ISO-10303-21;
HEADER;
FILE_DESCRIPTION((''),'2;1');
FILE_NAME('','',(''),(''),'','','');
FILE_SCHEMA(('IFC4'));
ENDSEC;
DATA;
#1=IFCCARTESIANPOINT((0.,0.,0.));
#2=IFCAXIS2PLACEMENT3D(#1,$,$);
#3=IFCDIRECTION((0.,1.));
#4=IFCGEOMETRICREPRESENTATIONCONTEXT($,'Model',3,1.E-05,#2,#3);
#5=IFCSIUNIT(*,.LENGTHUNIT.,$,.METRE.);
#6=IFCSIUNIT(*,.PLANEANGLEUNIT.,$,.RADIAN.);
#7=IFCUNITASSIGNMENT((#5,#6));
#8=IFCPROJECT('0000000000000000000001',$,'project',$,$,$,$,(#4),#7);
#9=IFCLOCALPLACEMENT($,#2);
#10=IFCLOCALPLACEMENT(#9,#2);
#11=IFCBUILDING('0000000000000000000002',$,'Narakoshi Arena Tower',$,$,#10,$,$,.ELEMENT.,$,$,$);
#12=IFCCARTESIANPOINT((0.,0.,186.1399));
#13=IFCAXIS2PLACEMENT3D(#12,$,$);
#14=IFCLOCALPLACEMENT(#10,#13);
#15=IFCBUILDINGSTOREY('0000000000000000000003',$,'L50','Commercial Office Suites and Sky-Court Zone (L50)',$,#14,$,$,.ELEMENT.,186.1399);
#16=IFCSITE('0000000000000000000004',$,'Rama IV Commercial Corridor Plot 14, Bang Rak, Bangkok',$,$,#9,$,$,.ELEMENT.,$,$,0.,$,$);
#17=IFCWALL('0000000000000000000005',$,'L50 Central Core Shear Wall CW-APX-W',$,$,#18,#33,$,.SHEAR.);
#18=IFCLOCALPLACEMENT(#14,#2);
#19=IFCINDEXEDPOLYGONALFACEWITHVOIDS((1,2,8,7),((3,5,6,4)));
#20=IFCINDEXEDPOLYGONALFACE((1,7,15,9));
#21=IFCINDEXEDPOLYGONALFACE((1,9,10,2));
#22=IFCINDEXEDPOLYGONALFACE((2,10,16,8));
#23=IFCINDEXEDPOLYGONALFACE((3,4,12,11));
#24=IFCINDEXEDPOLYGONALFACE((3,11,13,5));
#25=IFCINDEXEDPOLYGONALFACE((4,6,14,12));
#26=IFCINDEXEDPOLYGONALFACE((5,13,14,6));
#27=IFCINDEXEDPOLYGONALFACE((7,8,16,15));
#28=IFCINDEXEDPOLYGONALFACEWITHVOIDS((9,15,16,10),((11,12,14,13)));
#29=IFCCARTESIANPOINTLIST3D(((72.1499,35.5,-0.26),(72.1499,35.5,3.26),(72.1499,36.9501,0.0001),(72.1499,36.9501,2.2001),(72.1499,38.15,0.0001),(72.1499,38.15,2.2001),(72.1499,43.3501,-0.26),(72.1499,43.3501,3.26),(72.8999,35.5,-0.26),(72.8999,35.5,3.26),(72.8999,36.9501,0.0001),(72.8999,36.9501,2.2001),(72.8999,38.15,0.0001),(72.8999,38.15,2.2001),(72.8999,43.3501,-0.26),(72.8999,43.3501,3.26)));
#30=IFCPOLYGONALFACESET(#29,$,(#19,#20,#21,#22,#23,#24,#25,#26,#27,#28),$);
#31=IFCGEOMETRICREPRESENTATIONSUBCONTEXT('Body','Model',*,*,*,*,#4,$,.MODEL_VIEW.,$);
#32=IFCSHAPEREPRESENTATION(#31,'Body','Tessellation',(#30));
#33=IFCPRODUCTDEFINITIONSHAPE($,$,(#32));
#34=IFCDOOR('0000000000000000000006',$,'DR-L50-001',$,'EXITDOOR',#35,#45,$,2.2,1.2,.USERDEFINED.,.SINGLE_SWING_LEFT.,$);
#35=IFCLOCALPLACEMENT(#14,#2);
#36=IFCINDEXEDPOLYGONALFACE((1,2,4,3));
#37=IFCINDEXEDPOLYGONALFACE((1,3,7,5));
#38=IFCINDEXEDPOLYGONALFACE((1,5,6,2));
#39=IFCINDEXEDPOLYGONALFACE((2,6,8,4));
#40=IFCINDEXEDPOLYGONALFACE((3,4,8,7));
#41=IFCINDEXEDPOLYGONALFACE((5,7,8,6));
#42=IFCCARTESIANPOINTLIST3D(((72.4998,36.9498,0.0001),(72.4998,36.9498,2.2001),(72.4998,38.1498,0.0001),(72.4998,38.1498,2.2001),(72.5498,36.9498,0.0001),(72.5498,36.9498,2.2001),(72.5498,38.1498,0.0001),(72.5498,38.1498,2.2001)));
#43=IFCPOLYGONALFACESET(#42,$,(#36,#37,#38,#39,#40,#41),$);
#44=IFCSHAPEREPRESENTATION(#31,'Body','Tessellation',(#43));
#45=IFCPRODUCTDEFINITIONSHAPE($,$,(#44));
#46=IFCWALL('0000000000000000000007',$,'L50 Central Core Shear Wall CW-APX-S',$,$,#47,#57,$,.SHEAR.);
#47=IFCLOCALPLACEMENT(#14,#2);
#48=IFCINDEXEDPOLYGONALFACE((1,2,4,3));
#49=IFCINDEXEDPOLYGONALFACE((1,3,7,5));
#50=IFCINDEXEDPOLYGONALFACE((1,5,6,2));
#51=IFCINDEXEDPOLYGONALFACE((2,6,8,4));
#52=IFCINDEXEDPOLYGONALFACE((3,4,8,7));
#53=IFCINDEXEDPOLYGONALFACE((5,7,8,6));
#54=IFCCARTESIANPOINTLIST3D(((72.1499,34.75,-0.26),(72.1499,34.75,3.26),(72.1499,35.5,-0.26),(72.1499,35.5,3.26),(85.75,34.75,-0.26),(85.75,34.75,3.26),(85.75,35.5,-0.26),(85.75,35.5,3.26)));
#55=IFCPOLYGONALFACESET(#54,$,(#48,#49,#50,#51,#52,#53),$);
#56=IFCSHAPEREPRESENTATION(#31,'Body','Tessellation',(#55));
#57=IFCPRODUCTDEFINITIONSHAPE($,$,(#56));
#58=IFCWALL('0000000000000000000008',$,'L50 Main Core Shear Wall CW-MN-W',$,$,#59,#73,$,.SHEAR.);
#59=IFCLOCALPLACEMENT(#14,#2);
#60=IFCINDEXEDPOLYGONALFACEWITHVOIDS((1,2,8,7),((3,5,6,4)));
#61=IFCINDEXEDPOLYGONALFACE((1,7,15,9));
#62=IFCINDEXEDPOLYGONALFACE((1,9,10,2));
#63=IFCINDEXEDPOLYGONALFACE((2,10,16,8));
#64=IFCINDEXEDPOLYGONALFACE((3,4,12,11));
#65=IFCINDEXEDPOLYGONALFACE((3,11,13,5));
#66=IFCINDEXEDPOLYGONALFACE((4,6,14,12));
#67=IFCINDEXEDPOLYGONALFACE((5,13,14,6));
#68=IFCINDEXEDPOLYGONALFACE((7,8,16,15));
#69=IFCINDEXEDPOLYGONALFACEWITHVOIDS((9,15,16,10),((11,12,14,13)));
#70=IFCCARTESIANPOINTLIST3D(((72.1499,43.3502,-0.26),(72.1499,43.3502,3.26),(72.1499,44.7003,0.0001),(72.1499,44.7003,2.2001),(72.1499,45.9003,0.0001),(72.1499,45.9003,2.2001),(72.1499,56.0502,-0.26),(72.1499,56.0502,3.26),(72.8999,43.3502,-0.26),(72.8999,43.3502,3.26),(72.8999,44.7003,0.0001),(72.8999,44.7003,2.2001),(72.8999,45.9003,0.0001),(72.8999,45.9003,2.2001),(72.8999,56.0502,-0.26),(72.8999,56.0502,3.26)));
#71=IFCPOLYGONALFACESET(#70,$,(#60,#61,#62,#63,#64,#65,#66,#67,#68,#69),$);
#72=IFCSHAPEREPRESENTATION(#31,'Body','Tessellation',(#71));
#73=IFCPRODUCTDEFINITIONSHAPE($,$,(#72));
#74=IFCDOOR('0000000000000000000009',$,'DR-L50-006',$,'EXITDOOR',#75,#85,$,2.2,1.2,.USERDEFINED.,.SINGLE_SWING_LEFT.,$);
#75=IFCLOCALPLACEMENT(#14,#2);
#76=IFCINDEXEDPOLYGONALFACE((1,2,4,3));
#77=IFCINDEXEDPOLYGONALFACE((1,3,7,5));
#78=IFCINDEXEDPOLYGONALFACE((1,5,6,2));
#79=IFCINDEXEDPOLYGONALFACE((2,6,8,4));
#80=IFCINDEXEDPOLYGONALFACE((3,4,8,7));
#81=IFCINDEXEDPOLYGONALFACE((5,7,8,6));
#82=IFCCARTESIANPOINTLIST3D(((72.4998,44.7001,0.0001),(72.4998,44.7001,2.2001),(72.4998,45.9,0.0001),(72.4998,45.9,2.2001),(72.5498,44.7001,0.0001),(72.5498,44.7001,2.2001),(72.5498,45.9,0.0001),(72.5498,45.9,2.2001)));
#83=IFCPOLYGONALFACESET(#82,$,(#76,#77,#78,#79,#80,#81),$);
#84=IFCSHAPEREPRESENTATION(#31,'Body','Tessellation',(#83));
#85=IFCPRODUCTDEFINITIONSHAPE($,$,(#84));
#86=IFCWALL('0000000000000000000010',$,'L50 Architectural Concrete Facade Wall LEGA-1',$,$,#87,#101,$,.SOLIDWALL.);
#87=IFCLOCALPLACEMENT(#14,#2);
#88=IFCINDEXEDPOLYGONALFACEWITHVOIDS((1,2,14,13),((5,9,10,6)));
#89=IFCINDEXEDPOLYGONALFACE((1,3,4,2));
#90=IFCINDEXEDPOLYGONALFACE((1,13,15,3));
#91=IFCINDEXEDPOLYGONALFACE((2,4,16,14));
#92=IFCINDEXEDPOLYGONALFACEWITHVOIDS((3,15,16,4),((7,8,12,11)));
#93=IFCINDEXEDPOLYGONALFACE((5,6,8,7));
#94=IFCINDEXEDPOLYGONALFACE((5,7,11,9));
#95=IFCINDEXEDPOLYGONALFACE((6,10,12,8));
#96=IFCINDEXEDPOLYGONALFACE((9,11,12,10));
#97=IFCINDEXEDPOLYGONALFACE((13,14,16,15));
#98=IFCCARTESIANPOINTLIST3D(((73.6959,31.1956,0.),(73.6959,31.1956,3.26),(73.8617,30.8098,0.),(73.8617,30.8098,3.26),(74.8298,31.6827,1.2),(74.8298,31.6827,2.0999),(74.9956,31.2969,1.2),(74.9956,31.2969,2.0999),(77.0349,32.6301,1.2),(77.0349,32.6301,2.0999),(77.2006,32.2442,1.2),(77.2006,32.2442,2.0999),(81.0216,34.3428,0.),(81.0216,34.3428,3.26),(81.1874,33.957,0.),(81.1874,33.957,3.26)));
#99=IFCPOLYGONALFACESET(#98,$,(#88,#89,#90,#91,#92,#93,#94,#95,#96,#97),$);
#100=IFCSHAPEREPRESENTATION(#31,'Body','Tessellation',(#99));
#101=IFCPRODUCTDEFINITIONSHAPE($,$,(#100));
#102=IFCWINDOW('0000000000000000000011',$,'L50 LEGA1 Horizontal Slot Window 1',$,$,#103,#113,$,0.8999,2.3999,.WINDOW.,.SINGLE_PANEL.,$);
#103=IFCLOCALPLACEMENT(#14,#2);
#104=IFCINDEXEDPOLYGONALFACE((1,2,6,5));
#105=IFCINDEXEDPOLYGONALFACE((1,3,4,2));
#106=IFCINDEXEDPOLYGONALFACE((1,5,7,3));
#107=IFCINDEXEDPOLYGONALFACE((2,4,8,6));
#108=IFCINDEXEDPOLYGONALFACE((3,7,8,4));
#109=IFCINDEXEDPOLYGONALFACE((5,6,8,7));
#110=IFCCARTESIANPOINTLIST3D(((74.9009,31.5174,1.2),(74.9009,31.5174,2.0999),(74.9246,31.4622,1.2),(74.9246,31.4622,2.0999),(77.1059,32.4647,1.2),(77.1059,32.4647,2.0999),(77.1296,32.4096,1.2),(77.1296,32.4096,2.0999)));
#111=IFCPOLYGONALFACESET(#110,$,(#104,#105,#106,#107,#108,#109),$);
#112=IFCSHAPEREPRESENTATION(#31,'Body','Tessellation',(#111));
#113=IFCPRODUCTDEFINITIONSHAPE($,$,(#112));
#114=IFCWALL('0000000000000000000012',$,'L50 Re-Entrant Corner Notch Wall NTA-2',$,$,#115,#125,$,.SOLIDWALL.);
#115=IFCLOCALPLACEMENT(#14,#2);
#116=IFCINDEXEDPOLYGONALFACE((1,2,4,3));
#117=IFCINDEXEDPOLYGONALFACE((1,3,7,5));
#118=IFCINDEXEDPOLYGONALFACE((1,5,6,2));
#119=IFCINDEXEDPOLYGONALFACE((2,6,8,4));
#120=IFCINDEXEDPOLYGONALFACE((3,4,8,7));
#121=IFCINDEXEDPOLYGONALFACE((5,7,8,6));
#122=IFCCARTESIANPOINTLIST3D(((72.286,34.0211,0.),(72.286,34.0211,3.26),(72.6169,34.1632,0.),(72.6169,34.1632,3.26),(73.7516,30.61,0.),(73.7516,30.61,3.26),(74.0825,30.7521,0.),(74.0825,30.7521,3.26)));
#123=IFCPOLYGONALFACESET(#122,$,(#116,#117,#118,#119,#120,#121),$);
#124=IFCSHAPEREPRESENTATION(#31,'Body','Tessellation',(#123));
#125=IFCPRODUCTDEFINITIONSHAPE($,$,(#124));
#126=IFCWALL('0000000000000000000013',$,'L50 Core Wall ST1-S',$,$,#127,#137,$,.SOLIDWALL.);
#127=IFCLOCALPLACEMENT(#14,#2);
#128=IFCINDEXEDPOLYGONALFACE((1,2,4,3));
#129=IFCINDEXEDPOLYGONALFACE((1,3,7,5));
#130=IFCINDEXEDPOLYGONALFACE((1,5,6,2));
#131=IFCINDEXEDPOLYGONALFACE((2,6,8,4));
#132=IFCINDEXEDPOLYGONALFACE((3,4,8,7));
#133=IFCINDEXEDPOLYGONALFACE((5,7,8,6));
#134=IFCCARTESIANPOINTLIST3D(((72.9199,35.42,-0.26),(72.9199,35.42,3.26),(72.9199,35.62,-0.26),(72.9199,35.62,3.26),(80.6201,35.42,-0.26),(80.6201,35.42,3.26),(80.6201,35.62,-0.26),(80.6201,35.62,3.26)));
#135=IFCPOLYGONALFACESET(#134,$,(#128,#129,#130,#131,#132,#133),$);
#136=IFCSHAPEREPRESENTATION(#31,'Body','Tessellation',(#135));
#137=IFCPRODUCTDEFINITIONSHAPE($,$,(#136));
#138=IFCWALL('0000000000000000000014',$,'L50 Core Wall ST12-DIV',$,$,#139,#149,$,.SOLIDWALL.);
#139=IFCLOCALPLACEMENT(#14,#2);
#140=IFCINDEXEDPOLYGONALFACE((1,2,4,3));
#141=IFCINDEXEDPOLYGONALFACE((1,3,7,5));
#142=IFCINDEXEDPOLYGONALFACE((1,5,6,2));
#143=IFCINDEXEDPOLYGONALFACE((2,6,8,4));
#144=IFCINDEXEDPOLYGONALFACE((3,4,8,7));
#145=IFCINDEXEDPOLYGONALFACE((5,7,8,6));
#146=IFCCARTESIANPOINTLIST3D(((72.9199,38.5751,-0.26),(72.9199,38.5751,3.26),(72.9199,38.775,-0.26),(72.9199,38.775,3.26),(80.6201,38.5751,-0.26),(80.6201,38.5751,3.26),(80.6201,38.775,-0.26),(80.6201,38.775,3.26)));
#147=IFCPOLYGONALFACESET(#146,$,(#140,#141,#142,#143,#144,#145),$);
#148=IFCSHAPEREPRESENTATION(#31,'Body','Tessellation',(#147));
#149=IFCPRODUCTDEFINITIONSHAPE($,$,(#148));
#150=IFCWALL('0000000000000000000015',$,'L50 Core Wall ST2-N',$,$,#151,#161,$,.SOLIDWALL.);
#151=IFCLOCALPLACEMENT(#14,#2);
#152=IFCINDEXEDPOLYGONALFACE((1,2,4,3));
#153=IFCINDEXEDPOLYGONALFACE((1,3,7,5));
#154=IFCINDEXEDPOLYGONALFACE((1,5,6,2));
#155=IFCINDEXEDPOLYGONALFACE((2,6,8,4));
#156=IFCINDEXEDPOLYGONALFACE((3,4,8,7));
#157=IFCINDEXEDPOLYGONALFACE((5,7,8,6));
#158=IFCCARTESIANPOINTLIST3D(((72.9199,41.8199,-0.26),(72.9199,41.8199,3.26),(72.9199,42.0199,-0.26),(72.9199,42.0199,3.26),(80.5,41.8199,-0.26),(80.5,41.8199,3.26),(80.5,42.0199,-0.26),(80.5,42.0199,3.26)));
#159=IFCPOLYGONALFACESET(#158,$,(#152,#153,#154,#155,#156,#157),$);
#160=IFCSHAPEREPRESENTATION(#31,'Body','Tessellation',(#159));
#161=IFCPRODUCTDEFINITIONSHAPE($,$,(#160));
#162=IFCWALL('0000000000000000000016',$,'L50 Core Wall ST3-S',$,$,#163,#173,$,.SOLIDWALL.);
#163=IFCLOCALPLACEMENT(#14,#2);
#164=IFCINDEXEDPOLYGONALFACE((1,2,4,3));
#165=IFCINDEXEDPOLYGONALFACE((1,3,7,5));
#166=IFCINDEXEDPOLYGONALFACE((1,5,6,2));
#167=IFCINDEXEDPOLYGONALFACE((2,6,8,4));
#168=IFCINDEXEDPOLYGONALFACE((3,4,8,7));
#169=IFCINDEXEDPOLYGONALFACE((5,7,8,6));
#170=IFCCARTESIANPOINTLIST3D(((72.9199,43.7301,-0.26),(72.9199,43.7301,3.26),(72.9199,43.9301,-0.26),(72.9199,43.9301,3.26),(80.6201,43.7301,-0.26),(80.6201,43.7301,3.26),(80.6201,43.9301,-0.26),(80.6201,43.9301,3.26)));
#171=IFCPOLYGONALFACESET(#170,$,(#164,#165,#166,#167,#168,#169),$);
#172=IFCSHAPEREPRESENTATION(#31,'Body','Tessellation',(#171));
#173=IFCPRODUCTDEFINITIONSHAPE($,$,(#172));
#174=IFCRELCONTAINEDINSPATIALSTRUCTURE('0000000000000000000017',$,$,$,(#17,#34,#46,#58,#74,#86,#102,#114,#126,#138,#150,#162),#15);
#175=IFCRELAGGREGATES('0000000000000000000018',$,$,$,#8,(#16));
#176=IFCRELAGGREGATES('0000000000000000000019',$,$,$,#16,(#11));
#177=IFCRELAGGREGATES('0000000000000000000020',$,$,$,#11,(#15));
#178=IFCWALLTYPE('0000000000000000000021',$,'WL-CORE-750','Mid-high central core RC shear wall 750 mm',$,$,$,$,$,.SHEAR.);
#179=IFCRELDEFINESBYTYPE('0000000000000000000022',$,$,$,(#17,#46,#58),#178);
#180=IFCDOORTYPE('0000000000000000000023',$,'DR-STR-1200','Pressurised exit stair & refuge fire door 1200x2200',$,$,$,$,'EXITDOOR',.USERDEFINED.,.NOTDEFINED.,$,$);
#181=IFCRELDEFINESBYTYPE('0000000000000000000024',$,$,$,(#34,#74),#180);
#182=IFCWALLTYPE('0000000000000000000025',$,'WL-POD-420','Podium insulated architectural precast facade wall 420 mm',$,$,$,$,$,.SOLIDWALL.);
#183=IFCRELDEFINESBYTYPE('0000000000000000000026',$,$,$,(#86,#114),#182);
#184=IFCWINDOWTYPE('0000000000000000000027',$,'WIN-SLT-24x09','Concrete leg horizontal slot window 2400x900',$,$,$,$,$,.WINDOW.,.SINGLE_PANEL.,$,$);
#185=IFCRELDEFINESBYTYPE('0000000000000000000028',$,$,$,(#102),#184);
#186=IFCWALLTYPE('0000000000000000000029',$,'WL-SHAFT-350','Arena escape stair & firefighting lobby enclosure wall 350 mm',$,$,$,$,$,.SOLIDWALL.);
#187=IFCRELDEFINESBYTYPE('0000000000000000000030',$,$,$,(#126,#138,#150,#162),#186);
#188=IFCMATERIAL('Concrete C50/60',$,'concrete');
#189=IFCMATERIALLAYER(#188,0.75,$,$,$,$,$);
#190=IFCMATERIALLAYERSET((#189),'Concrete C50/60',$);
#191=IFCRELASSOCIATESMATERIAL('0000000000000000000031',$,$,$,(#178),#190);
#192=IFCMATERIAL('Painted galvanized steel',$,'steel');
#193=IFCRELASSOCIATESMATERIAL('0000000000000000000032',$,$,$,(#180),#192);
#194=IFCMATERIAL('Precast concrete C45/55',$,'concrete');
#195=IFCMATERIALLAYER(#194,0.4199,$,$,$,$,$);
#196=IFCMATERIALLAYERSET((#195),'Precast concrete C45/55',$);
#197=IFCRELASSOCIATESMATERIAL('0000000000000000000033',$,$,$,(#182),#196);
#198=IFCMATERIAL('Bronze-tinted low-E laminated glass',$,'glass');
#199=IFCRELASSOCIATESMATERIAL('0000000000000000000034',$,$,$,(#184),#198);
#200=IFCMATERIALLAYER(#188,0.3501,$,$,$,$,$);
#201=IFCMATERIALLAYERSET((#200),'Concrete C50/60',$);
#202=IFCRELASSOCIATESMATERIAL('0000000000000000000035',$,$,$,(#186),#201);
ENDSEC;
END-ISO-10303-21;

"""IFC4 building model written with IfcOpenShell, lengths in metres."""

from ifc_helpers import new_model, si_unit, direction, frame, frame_2d, origin, place, context, subcontext, project, spatial, rectangle, extrude, material, layer, layer_set, type_object, element, fill, save


model = new_model("IFC4")

# Units and contexts
model_context = context("Model", 3, precision=1e-05, world=origin(), true_north=direction((0.0, 1.0)))
body_context = subcontext(model_context, "Body", "Model", "MODEL_VIEW")
ifc_project = project(units=[si_unit("LENGTHUNIT", "METRE"), si_unit("PLANEANGLEUNIT", "RADIAN")], contexts=[model_context])

# Site, building, storey
site_placement = place(None, origin())
site = spatial("IfcSite", under=ifc_project, at=site_placement, Name="Rama IV Commercial Corridor Plot 14, Bang Rak, Bangkok", CompositionType="ELEMENT", RefElevation=0.0)
building_placement = place(site_placement, origin())
building = spatial("IfcBuilding", under=site, at=building_placement, Name="Narakoshi Arena Tower", CompositionType="ELEMENT")
storey_placement = place(building_placement, frame((0.0, 0.0, 186.1399)))
storey = spatial("IfcBuildingStorey", under=building, at=storey_placement, Name="L50", Description="Commercial Office Suites and Sky-Court Zone (L50)", CompositionType="ELEMENT", Elevation=186.1399)

# Wall, opening, door
ifc_material_1 = material(Name="Concrete C50/60", Category="concrete")
ifc_layer_1 = layer(ifc_material_1, 0.75)
ifc_layer_set_1 = layer_set([ifc_layer_1], Name="Concrete C50/60")
wall_type_1 = type_object("IfcWallType", Name="WL-CORE-750", Description="Mid-high central core RC shear wall 750 mm", PredefinedType="SHEAR", material=ifc_layer_set_1)
wall_1_placement = place(storey_placement, frame((72.5249, 35.5, -0.26), z_axis=(0.0, 0.0, 1.0), x_axis=(0.0, 1.0, 0.0)))
wall_1 = element("IfcWall", 1, at=wall_1_placement, inside=storey, type_object=wall_type_1, Name="L50 Central Core Shear Wall CW-APX-W", PredefinedType="SHEAR", context=body_context, shape_type="SweptSolid", body=[
    extrude(rectangle(XDim=7.8501, YDim=0.75, at=frame_2d((3.925, 0.0))), origin(), (0.0, 0.0, 1.0), 3.52),
])
opening_1_placement = place(wall_1_placement, frame((1.45, 0.0, 0.26)))
opening_1 = element("IfcOpeningElement", 2, at=opening_1_placement, cuts=wall_1, PredefinedType="OPENING", context=body_context, shape_type="SweptSolid", body=[
    extrude(rectangle(XDim=1.2, YDim=2.2, at=frame_2d((0.6001, 1.1001))), frame((0.0, 0.385, 0.0), z_axis=(0.0, -1.0, 0.0), x_axis=(1.0, 0.0, 0.0)), (0.0, 0.0, 1.0), 0.77),
])
ifc_material_2 = material(Name="Painted galvanized steel", Category="steel")
door_type = type_object("IfcDoorType", Name="DR-STR-1200", Description="Pressurised exit stair & refuge fire door 1200x2200", ElementType="EXITDOOR", OperationType="NOTDEFINED", PredefinedType="USERDEFINED", material=ifc_material_2)
door_1_placement = place(opening_1_placement, frame((1.2, 0.0, 0.0), z_axis=(0.0, 0.0, 1.0), x_axis=(-1.0, 0.0, 0.0)))
door_1 = element("IfcDoor", 3, at=door_1_placement, inside=storey, type_object=door_type, Name="DR-L50-001", ObjectType="EXITDOOR", OperationType="SINGLE_SWING_LEFT", OverallHeight=2.2, OverallWidth=1.2, PredefinedType="USERDEFINED", context=body_context, shape_type="SweptSolid", body=[
    extrude(rectangle(XDim=1.2, YDim=2.2, at=frame_2d((0.6001, 1.1001))), frame((0.0, 0.0249, 0.0), z_axis=(0.0, -1.0, 0.0), x_axis=(1.0, 0.0, 0.0)), (0.0, 0.0, 1.0), 0.05),
])
fill(opening_1, door_1)

# Wall
wall_2_placement = place(storey_placement, frame((72.1499, 35.125, -0.26), z_axis=(0.0, 0.0, 1.0), x_axis=(1.0, 0.0, 0.0)))
element("IfcWall", 4, at=wall_2_placement, inside=storey, type_object=wall_type_1, Name="L50 Central Core Shear Wall CW-APX-S", PredefinedType="SHEAR", context=body_context, shape_type="SweptSolid", body=[
    extrude(rectangle(XDim=13.6001, YDim=0.75, at=frame_2d((6.8, 0.0))), origin(), (0.0, 0.0, 1.0), 3.52),
])

# Wall, opening, door
wall_3_placement = place(storey_placement, frame((72.5249, 43.3501, -0.26), z_axis=(0.0, 0.0, 1.0), x_axis=(0.0, 1.0, 0.0)))
wall_3 = element("IfcWall", 5, at=wall_3_placement, inside=storey, type_object=wall_type_1, Name="L50 Main Core Shear Wall CW-MN-W", PredefinedType="SHEAR", context=body_context, shape_type="SweptSolid", body=[
    extrude(rectangle(XDim=12.7, YDim=0.75, at=frame_2d((6.3501, 0.0))), origin(), (0.0, 0.0, 1.0), 3.52),
])
opening_2_placement = place(wall_3_placement, frame((1.3501, 0.0, 0.26)))
opening_2 = element("IfcOpeningElement", 6, at=opening_2_placement, cuts=wall_3, PredefinedType="OPENING", context=body_context, shape_type="SweptSolid", body=[
    extrude(rectangle(XDim=1.2, YDim=2.2, at=frame_2d((0.6001, 1.1001))), frame((0.0, 0.385, 0.0), z_axis=(0.0, -1.0, 0.0), x_axis=(1.0, 0.0, 0.0)), (0.0, 0.0, 1.0), 0.77),
])
door_2_placement = place(opening_2_placement, frame((1.2, 0.0, 0.0), z_axis=(0.0, 0.0, 1.0), x_axis=(-1.0, 0.0, 0.0)))
door_2 = element("IfcDoor", 7, at=door_2_placement, inside=storey, type_object=door_type, Name="DR-L50-006", ObjectType="EXITDOOR", OperationType="SINGLE_SWING_LEFT", OverallHeight=2.2, OverallWidth=1.2, PredefinedType="USERDEFINED", context=body_context, shape_type="SweptSolid", body=[
    extrude(rectangle(XDim=1.2, YDim=2.2, at=frame_2d((0.6001, 1.1001))), frame((0.0, 0.0249, 0.0), z_axis=(0.0, -1.0, 0.0), x_axis=(1.0, 0.0, 0.0)), (0.0, 0.0, 1.0), 0.05),
])
fill(opening_2, door_2)

# Wall, opening, window
ifc_material_3 = material(Name="Precast concrete C45/55", Category="concrete")
ifc_layer_2 = layer(ifc_material_3, 0.4199)
ifc_layer_set_2 = layer_set([ifc_layer_2], Name="Precast concrete C45/55")
wall_type_2 = type_object("IfcWallType", Name="WL-POD-420", Description="Podium insulated architectural precast facade wall 420 mm", PredefinedType="SOLIDWALL", material=ifc_layer_set_2)
wall_4_placement = place(storey_placement, frame((73.7788, 31.0027, 0.0), z_axis=(0.0, 0.0, 1.0), x_axis=(0.918798, 0.394728, 0.0)))
wall_4 = element("IfcWall", 8, at=wall_4_placement, inside=storey, type_object=wall_type_2, Name="L50 Architectural Concrete Facade Wall LEGA-1", PredefinedType="SOLIDWALL", context=body_context, shape_type="SweptSolid", body=[
    extrude(rectangle(XDim=7.9731, YDim=0.4199, at=frame_2d((3.9866, 0.0))), origin(), (0.0, 0.0, 1.0), 3.26),
])
opening_3_placement = place(wall_4_placement, frame((1.2341, 0.0, 1.2)))
opening_3 = element("IfcOpeningElement", 9, at=opening_3_placement, cuts=wall_4, PredefinedType="OPENING", context=body_context, shape_type="SweptSolid", body=[
    extrude(rectangle(XDim=2.3999, YDim=0.8999, at=frame_2d((1.2, 0.45))), frame((0.0, 0.22, 0.0), z_axis=(0.0, -1.0, 0.0), x_axis=(1.0, 0.0, 0.0)), (0.0, 0.0, 1.0), 0.4399),
])
ifc_material_4 = material(Name="Bronze-tinted low-E laminated glass", Category="glass")
window_type = type_object("IfcWindowType", Name="WIN-SLT-24x09", Description="Concrete leg horizontal slot window 2400x900", PartitioningType="SINGLE_PANEL", PredefinedType="WINDOW", material=ifc_material_4)
window_placement = place(opening_3_placement, origin())
window = element("IfcWindow", 10, at=window_placement, inside=storey, type_object=window_type, Name="L50 LEGA1 Horizontal Slot Window 1", OverallHeight=0.8999, OverallWidth=2.3999, PartitioningType="SINGLE_PANEL", PredefinedType="WINDOW", context=body_context, shape_type="SweptSolid", body=[
    extrude(rectangle(XDim=2.3999, YDim=0.8999, at=frame_2d((1.2, 0.45))), frame((0.0, 0.03, 0.0), z_axis=(0.0, -1.0, 0.0), x_axis=(1.0, 0.0, 0.0)), (0.0, 0.0, 1.0), 0.0601),
])
fill(opening_3, window)

# Walls
wall_5_placement = place(storey_placement, frame((72.4514, 34.0923, 0.0), z_axis=(0.0, 0.0, 1.0), x_axis=(0.394752, -0.918788, 0.0)))
element("IfcWall", 11, at=wall_5_placement, inside=storey, type_object=wall_type_2, Name="L50 Re-Entrant Corner Notch Wall NTA-2", PredefinedType="SOLIDWALL", context=body_context, shape_type="SweptSolid", body=[
    extrude(rectangle(XDim=3.7126, YDim=0.3601, at=frame_2d((1.8564, 0.0))), origin(), (0.0, 0.0, 1.0), 3.26),
])
ifc_layer_3 = layer(ifc_material_1, 0.3501)
ifc_layer_set_3 = layer_set([ifc_layer_3], Name="Concrete C50/60")
wall_type_3 = type_object("IfcWallType", Name="WL-SHAFT-350", Description="Arena escape stair & firefighting lobby enclosure wall 350 mm", PredefinedType="SOLIDWALL", material=ifc_layer_set_3)
for number, where, z_axis, x_axis, name in (
    (12, (72.9199, 35.52, -0.26), (0.0, 0.0, 1.0), (1.0, 0.0, 0.0), "L50 Core Wall ST1-S"),
    (13, (72.9199, 38.675, -0.26), (0.0, 0.0, 1.0), (1.0, 0.0, 0.0), "L50 Core Wall ST12-DIV"),
):
    element("IfcWall", number, at=place(storey_placement, frame(where, z_axis=z_axis, x_axis=x_axis)), inside=storey, type_object=wall_type_3, Name=name, PredefinedType="SOLIDWALL", context=body_context, shape_type="SweptSolid", body=[
        extrude(rectangle(XDim=7.7002, YDim=0.2, at=frame_2d((3.8501, 0.0))), origin(), (0.0, 0.0, 1.0), 3.52),
    ])
wall_6_placement = place(storey_placement, frame((72.9199, 41.9199, -0.26), z_axis=(0.0, 0.0, 1.0), x_axis=(1.0, 0.0, 0.0)))
element("IfcWall", 14, at=wall_6_placement, inside=storey, type_object=wall_type_3, Name="L50 Core Wall ST2-N", PredefinedType="SOLIDWALL", context=body_context, shape_type="SweptSolid", body=[
    extrude(rectangle(XDim=7.5801, YDim=0.2, at=frame_2d((3.79, 0.0))), origin(), (0.0, 0.0, 1.0), 3.52),
])
wall_7_placement = place(storey_placement, frame((72.9199, 43.8301, -0.26), z_axis=(0.0, 0.0, 1.0), x_axis=(1.0, 0.0, 0.0)))
element("IfcWall", 15, at=wall_7_placement, inside=storey, type_object=wall_type_3, Name="L50 Core Wall ST3-S", PredefinedType="SOLIDWALL", context=body_context, shape_type="SweptSolid", body=[
    extrude(rectangle(XDim=7.7002, YDim=0.2, at=frame_2d((3.8501, 0.0))), origin(), (0.0, 0.0, 1.0), 3.52),
])

save(model, "model.ifc")
